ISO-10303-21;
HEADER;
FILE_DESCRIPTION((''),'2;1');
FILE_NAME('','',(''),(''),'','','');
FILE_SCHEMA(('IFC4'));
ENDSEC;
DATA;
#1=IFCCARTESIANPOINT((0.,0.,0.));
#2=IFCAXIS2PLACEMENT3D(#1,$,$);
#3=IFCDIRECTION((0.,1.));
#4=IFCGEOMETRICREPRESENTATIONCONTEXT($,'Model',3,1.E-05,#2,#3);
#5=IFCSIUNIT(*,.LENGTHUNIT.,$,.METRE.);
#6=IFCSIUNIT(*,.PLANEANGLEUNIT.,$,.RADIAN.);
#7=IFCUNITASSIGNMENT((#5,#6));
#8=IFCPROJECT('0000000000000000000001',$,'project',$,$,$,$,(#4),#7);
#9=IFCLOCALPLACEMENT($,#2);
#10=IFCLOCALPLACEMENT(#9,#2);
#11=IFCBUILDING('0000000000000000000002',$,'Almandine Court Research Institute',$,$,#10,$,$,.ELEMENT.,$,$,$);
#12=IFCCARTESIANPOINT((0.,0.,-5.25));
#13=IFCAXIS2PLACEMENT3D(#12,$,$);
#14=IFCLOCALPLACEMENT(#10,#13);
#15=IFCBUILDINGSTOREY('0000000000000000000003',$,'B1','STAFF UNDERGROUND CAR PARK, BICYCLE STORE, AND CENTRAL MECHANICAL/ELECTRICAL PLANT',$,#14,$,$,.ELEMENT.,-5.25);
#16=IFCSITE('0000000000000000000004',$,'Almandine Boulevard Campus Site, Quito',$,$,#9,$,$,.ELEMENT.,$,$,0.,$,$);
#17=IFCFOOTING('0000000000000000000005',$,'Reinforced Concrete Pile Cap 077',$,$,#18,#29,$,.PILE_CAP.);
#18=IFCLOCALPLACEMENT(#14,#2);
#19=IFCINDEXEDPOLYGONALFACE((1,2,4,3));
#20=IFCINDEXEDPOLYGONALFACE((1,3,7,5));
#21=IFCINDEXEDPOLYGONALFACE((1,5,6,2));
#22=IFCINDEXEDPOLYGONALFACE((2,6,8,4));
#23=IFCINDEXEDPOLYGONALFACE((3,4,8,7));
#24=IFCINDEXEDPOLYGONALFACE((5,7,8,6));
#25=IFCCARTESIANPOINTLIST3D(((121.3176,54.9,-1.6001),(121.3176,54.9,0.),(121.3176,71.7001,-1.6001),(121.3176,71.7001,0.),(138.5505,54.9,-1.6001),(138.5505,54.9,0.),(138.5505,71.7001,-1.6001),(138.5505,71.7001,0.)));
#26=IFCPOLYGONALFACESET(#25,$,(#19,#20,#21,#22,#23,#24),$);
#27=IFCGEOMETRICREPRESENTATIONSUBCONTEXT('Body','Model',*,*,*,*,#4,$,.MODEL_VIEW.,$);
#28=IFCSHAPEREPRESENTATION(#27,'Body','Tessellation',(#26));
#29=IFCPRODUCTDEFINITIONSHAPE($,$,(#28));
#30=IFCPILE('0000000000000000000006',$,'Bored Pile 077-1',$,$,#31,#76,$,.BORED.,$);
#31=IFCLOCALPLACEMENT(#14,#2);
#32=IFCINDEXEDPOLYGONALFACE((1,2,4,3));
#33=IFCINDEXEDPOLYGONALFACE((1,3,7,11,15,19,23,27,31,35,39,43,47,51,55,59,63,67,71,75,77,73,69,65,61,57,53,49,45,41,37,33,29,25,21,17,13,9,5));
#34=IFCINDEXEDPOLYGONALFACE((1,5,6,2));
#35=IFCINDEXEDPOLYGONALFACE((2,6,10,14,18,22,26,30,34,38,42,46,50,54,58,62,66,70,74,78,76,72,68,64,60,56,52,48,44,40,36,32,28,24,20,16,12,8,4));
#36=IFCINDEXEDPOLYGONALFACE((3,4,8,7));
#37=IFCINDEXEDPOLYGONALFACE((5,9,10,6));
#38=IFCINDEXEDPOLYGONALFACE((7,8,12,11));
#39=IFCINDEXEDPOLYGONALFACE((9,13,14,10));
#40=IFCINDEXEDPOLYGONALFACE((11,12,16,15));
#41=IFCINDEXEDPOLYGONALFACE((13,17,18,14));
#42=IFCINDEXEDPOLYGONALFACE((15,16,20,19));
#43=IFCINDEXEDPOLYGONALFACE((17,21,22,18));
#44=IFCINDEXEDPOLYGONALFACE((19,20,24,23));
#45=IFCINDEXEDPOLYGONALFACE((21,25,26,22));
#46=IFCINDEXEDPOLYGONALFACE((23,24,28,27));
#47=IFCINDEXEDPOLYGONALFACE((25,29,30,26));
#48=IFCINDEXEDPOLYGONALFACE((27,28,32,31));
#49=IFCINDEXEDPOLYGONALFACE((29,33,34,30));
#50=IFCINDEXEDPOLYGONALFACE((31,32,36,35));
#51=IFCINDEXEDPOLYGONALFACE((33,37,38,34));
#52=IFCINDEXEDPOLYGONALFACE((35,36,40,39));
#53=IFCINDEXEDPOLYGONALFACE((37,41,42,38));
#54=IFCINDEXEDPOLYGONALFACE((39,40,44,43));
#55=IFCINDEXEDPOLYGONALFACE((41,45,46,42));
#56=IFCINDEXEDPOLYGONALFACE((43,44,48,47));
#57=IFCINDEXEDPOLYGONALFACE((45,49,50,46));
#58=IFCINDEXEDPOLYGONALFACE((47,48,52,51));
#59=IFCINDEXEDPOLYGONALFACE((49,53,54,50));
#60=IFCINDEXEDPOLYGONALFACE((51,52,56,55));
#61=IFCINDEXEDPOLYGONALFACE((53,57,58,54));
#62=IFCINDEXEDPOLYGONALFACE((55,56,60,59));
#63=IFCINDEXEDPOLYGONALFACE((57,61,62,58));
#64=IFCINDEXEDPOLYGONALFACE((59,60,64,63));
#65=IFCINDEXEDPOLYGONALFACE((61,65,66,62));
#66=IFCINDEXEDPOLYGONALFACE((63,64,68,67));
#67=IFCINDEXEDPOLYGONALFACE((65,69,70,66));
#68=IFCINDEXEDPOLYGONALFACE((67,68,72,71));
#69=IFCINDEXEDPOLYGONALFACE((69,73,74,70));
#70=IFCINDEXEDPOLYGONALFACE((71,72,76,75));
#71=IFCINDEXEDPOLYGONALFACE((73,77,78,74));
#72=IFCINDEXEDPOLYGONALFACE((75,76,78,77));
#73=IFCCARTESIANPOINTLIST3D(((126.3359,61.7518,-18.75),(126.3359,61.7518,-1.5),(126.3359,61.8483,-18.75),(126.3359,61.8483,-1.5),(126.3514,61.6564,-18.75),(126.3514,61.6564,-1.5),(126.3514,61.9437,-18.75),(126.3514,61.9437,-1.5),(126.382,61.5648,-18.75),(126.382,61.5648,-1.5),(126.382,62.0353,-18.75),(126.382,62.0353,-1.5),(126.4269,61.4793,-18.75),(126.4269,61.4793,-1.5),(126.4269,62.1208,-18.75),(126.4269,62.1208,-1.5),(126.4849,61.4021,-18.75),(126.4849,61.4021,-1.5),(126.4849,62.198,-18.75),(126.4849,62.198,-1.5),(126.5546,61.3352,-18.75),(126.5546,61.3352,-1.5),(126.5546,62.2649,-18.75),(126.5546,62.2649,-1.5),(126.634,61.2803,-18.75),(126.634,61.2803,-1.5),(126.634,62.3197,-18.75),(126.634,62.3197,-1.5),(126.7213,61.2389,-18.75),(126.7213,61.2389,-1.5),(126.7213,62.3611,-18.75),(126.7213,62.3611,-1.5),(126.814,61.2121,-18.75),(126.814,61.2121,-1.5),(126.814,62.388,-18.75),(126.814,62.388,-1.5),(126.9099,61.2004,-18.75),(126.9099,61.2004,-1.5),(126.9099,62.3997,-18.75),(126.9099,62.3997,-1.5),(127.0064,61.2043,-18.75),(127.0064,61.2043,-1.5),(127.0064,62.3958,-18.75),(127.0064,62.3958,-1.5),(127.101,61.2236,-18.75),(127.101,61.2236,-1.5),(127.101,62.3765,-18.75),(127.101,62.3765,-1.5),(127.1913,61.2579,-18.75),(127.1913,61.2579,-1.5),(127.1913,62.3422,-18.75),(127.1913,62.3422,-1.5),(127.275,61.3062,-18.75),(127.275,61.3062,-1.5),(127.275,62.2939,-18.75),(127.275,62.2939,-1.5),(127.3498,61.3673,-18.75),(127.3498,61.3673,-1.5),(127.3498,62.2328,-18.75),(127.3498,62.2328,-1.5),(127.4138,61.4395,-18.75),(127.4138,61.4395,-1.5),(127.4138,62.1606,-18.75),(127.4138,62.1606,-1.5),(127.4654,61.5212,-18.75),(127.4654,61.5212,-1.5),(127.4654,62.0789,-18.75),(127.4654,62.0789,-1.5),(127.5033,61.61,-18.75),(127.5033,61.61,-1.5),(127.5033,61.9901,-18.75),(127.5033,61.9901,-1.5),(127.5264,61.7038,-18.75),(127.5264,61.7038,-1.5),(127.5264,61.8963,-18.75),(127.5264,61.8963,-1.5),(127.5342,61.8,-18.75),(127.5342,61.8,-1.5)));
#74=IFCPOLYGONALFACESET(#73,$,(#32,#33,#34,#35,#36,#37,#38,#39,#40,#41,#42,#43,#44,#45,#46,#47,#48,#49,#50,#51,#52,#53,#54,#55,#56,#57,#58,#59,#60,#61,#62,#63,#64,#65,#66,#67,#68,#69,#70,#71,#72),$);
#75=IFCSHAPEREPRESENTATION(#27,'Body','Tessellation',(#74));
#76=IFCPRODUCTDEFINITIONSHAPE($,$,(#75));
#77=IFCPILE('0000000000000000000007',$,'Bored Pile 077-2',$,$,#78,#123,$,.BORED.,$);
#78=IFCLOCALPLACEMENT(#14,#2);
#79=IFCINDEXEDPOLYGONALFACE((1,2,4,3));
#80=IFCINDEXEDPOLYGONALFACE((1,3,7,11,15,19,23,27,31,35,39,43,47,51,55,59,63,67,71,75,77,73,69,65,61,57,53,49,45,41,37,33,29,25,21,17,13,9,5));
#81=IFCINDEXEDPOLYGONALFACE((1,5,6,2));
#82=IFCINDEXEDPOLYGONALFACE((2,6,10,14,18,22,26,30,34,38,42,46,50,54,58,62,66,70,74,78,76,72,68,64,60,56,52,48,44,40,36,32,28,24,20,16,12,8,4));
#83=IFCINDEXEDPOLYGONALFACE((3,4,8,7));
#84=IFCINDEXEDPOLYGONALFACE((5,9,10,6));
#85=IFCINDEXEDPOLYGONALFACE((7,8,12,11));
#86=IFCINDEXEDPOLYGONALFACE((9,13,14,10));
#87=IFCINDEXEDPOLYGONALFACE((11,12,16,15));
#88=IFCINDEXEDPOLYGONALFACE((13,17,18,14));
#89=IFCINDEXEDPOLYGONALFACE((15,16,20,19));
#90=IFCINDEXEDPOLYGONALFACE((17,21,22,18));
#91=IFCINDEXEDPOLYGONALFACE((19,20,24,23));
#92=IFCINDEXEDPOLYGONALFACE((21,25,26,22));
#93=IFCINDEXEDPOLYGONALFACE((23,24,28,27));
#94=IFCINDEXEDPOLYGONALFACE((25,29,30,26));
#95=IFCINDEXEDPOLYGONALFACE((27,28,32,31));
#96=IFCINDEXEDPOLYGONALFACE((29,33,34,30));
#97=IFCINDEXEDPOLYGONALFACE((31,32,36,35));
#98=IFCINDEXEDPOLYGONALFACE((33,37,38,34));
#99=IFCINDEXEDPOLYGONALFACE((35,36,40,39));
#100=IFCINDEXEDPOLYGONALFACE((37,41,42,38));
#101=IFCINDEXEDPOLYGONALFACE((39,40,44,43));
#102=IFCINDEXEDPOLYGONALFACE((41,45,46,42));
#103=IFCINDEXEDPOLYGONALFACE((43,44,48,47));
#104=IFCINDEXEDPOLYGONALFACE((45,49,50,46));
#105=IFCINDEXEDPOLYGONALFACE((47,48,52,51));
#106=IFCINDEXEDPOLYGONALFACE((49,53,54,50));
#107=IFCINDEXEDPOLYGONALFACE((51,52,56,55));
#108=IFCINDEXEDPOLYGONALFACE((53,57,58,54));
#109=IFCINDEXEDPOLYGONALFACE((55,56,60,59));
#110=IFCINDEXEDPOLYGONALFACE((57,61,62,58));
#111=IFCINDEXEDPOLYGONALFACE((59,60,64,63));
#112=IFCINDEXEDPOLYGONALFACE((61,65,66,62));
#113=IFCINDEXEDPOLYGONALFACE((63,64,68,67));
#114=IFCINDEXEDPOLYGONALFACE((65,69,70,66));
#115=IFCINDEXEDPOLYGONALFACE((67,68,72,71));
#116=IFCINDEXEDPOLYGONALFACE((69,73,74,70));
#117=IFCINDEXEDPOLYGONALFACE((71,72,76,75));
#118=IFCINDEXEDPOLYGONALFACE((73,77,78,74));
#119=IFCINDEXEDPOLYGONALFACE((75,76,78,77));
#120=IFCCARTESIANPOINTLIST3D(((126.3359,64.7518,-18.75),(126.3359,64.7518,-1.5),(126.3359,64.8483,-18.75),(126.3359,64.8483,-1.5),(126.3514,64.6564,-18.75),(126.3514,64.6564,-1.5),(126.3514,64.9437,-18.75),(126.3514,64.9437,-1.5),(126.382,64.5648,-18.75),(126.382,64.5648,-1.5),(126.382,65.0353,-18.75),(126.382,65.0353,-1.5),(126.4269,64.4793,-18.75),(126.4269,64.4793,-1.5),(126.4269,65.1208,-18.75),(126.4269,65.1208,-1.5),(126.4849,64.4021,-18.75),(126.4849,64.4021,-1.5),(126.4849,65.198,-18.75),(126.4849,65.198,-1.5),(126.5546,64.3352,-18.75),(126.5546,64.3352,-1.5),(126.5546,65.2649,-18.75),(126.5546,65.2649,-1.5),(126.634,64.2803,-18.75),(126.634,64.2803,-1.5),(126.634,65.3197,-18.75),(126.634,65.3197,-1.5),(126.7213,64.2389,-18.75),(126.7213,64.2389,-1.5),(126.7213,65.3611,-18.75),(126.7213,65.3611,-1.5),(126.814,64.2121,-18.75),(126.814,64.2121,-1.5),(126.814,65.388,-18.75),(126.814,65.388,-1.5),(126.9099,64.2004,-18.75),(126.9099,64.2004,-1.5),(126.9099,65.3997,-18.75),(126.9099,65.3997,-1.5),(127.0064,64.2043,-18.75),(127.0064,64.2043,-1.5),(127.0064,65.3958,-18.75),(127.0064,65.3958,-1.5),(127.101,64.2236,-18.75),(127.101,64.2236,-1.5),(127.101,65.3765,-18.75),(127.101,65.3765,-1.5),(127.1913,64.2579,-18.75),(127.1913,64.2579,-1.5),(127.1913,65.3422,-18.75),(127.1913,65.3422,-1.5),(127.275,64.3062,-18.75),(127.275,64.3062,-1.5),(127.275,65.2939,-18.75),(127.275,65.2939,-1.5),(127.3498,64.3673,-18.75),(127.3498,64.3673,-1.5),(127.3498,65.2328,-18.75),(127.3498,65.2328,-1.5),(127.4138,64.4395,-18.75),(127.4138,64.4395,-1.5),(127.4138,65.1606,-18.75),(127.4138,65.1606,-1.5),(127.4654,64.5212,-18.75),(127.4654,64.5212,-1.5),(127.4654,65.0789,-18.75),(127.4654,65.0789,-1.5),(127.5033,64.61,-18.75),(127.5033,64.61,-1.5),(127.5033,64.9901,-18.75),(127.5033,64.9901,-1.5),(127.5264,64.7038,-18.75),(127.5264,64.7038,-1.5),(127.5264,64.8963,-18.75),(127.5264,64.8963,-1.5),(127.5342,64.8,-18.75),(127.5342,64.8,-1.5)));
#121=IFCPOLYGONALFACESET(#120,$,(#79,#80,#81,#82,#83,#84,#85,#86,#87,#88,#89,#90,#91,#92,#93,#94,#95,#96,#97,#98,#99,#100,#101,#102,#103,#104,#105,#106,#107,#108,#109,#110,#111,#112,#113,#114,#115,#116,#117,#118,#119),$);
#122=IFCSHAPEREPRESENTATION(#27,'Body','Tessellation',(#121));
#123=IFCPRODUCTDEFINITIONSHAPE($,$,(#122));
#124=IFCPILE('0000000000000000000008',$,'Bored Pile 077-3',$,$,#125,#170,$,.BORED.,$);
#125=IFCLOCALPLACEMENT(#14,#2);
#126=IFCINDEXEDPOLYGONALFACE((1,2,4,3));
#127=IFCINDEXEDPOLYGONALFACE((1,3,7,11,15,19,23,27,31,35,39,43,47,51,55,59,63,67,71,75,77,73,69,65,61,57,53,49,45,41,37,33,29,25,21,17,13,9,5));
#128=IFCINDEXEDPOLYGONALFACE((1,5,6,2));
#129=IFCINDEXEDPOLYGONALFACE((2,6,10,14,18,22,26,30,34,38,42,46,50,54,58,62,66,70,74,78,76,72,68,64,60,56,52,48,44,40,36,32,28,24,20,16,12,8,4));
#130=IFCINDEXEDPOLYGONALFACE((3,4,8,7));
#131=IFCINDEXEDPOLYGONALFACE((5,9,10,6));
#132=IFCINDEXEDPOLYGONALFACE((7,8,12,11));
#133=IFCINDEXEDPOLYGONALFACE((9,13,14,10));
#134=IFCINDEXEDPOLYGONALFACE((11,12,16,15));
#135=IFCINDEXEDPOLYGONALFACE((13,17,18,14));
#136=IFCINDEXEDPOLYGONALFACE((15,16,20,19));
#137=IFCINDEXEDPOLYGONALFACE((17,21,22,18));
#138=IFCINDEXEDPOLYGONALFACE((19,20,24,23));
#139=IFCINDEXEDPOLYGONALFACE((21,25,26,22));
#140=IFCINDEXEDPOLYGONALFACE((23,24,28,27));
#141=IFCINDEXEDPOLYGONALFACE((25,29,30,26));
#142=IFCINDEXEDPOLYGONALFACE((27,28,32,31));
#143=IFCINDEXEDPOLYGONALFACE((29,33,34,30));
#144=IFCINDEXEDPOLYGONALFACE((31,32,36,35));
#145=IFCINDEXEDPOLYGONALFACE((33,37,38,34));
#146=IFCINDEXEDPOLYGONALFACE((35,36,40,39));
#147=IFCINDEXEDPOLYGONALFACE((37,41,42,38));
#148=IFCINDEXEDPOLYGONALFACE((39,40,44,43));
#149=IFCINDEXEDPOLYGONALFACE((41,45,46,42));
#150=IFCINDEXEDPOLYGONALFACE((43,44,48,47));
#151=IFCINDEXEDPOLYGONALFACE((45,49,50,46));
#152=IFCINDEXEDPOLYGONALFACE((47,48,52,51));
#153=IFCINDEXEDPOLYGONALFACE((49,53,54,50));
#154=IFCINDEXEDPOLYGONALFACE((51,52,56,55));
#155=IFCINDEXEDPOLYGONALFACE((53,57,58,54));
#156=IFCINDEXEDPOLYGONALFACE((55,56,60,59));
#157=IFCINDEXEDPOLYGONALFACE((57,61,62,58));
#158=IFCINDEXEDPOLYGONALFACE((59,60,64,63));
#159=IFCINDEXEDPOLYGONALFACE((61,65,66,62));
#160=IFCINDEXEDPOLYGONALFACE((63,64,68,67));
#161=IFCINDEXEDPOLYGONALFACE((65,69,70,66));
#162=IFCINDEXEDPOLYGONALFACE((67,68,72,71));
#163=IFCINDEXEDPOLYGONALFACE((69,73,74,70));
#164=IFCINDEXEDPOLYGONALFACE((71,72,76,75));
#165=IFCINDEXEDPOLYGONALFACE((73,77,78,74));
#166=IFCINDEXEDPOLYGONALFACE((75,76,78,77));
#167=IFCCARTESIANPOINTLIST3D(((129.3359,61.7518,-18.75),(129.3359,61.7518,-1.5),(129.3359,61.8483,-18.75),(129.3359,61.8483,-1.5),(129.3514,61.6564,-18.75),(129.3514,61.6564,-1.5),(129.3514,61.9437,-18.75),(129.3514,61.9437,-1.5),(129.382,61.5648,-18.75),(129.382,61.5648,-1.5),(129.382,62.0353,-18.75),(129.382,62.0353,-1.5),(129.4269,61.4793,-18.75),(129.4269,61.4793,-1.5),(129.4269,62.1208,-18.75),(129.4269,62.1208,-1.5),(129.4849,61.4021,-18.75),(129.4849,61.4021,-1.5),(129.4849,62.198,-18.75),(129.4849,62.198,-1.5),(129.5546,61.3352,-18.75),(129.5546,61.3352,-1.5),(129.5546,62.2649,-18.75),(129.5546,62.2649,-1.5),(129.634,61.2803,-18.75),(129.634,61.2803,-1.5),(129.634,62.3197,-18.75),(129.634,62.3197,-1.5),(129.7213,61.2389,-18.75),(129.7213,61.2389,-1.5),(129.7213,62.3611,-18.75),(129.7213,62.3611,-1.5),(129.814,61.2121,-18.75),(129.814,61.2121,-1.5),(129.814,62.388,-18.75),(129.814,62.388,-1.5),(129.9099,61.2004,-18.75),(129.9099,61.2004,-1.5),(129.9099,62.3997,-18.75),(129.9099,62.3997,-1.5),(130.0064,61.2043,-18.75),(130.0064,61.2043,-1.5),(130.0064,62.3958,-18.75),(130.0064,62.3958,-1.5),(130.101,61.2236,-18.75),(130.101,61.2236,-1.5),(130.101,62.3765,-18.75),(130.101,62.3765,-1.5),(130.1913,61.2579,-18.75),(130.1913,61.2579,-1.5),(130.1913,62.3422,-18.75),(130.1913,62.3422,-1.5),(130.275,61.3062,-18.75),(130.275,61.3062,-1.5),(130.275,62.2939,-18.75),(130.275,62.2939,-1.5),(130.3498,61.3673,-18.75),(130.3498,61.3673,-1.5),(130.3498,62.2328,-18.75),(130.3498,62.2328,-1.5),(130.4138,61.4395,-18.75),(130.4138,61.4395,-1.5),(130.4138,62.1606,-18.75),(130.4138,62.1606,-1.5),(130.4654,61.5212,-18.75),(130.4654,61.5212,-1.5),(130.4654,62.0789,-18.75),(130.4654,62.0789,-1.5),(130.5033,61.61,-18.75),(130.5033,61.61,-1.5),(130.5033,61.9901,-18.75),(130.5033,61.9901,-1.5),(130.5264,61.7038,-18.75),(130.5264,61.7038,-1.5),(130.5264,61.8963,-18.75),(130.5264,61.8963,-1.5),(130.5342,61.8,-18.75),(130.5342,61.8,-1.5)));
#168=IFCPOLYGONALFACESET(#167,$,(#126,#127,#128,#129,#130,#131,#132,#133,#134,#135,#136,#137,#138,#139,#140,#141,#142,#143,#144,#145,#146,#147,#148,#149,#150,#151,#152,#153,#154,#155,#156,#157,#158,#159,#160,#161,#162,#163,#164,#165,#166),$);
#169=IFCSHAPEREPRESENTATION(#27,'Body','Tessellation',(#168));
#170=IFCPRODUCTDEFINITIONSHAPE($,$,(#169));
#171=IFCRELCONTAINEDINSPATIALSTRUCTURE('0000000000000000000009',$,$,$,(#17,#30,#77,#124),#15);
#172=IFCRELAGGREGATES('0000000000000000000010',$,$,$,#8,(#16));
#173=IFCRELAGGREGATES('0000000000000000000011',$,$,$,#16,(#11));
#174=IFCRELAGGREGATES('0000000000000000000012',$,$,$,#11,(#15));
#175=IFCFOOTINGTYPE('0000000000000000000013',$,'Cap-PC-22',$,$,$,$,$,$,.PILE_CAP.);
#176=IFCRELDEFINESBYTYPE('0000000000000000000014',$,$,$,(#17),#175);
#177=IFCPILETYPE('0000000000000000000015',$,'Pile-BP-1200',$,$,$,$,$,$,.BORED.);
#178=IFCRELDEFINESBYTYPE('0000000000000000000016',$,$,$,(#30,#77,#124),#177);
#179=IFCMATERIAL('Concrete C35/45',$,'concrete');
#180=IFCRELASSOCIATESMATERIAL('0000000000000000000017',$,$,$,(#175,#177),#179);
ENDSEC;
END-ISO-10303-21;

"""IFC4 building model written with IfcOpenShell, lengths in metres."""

from ifc_helpers import new_model, si_unit, direction, frame, origin, origin_2d, place, context, subcontext, project, spatial, rectangle, circle, extrude, material, material_profile, profile_set, type_object, element, save


model = new_model("IFC4")

# Units and contexts
model_context = context("Model", 3, precision=1e-05, world=origin(), true_north=direction((0.0, 1.0)))
body_context = subcontext(model_context, "Body", "Model", "MODEL_VIEW")
ifc_project = project(units=[si_unit("LENGTHUNIT", "METRE"), si_unit("PLANEANGLEUNIT", "RADIAN")], contexts=[model_context])

# Site, building, storey
site_placement = place(None, origin())
site = spatial("IfcSite", under=ifc_project, at=site_placement, Name="Almandine Boulevard Campus Site, Quito", CompositionType="ELEMENT", RefElevation=0.0)
building_placement = place(site_placement, origin())
building = spatial("IfcBuilding", under=site, at=building_placement, Name="Almandine Court Research Institute", CompositionType="ELEMENT")
storey_placement = place(building_placement, frame((0.0, 0.0, -5.25)))
storey = spatial("IfcBuildingStorey", under=building, at=storey_placement, Name="B1", Description="STAFF UNDERGROUND CAR PARK, BICYCLE STORE, AND CENTRAL MECHANICAL/ELECTRICAL PLANT", CompositionType="ELEMENT", Elevation=-5.25)

# Footing
ifc_material_1 = material(Name="Concrete C35/45", Category="concrete")
footing_type = type_object("IfcFootingType", Name="Cap-PC-22", PredefinedType="PILE_CAP", material=ifc_material_1)
footing_placement = place(storey_placement, frame((129.9341, 63.3, -1.6001), z_axis=(0.0, 0.0, 1.0), x_axis=(1.0, 0.0, 0.0)))
element("IfcFooting", 1, at=footing_placement, inside=storey, type_object=footing_type, Name="Reinforced Concrete Pile Cap 077", PredefinedType="PILE_CAP", context=body_context, shape_type="SweptSolid", body=[
    extrude(rectangle(XDim=17.2329, YDim=16.8, at=origin_2d()), origin(), (0.0, 0.0, 1.0), 1.6001),
])

# Piles
ifc_material_profile_1 = material_profile(ifc_material_1, circle(Radius=0.6001, at=origin_2d()), Name="BORED PILE D1200")
ifc_profile_set_1 = profile_set([ifc_material_profile_1], Name="Concrete C35/45")
pile_type = type_object("IfcPileType", Name="Pile-BP-1200", PredefinedType="BORED", material=ifc_profile_set_1)
for number, where, z_axis, x_axis, name in (
    (2, (126.9341, 61.8, -1.5), (0.0, 0.0, -1.0), (1.0, 0.0, 0.0), "Bored Pile 077-1"),
    (3, (126.9341, 64.8, -1.5), (0.0, 0.0, -1.0), (1.0, 0.0, 0.0), "Bored Pile 077-2"),
    (4, (129.9341, 61.8, -1.5), (0.0, 0.0, -1.0), (1.0, 0.0, 0.0), "Bored Pile 077-3"),
):
    element("IfcPile", number, at=place(storey_placement, frame(where, z_axis=z_axis, x_axis=x_axis)), inside=storey, type_object=pile_type, Name=name, PredefinedType="BORED", context=body_context, shape_type="SweptSolid", body=[
        extrude(circle(Radius=0.6001, at=origin_2d()), origin(), (0.0, 0.0, 1.0), 17.25),
    ])

save(model, "model.ifc")
